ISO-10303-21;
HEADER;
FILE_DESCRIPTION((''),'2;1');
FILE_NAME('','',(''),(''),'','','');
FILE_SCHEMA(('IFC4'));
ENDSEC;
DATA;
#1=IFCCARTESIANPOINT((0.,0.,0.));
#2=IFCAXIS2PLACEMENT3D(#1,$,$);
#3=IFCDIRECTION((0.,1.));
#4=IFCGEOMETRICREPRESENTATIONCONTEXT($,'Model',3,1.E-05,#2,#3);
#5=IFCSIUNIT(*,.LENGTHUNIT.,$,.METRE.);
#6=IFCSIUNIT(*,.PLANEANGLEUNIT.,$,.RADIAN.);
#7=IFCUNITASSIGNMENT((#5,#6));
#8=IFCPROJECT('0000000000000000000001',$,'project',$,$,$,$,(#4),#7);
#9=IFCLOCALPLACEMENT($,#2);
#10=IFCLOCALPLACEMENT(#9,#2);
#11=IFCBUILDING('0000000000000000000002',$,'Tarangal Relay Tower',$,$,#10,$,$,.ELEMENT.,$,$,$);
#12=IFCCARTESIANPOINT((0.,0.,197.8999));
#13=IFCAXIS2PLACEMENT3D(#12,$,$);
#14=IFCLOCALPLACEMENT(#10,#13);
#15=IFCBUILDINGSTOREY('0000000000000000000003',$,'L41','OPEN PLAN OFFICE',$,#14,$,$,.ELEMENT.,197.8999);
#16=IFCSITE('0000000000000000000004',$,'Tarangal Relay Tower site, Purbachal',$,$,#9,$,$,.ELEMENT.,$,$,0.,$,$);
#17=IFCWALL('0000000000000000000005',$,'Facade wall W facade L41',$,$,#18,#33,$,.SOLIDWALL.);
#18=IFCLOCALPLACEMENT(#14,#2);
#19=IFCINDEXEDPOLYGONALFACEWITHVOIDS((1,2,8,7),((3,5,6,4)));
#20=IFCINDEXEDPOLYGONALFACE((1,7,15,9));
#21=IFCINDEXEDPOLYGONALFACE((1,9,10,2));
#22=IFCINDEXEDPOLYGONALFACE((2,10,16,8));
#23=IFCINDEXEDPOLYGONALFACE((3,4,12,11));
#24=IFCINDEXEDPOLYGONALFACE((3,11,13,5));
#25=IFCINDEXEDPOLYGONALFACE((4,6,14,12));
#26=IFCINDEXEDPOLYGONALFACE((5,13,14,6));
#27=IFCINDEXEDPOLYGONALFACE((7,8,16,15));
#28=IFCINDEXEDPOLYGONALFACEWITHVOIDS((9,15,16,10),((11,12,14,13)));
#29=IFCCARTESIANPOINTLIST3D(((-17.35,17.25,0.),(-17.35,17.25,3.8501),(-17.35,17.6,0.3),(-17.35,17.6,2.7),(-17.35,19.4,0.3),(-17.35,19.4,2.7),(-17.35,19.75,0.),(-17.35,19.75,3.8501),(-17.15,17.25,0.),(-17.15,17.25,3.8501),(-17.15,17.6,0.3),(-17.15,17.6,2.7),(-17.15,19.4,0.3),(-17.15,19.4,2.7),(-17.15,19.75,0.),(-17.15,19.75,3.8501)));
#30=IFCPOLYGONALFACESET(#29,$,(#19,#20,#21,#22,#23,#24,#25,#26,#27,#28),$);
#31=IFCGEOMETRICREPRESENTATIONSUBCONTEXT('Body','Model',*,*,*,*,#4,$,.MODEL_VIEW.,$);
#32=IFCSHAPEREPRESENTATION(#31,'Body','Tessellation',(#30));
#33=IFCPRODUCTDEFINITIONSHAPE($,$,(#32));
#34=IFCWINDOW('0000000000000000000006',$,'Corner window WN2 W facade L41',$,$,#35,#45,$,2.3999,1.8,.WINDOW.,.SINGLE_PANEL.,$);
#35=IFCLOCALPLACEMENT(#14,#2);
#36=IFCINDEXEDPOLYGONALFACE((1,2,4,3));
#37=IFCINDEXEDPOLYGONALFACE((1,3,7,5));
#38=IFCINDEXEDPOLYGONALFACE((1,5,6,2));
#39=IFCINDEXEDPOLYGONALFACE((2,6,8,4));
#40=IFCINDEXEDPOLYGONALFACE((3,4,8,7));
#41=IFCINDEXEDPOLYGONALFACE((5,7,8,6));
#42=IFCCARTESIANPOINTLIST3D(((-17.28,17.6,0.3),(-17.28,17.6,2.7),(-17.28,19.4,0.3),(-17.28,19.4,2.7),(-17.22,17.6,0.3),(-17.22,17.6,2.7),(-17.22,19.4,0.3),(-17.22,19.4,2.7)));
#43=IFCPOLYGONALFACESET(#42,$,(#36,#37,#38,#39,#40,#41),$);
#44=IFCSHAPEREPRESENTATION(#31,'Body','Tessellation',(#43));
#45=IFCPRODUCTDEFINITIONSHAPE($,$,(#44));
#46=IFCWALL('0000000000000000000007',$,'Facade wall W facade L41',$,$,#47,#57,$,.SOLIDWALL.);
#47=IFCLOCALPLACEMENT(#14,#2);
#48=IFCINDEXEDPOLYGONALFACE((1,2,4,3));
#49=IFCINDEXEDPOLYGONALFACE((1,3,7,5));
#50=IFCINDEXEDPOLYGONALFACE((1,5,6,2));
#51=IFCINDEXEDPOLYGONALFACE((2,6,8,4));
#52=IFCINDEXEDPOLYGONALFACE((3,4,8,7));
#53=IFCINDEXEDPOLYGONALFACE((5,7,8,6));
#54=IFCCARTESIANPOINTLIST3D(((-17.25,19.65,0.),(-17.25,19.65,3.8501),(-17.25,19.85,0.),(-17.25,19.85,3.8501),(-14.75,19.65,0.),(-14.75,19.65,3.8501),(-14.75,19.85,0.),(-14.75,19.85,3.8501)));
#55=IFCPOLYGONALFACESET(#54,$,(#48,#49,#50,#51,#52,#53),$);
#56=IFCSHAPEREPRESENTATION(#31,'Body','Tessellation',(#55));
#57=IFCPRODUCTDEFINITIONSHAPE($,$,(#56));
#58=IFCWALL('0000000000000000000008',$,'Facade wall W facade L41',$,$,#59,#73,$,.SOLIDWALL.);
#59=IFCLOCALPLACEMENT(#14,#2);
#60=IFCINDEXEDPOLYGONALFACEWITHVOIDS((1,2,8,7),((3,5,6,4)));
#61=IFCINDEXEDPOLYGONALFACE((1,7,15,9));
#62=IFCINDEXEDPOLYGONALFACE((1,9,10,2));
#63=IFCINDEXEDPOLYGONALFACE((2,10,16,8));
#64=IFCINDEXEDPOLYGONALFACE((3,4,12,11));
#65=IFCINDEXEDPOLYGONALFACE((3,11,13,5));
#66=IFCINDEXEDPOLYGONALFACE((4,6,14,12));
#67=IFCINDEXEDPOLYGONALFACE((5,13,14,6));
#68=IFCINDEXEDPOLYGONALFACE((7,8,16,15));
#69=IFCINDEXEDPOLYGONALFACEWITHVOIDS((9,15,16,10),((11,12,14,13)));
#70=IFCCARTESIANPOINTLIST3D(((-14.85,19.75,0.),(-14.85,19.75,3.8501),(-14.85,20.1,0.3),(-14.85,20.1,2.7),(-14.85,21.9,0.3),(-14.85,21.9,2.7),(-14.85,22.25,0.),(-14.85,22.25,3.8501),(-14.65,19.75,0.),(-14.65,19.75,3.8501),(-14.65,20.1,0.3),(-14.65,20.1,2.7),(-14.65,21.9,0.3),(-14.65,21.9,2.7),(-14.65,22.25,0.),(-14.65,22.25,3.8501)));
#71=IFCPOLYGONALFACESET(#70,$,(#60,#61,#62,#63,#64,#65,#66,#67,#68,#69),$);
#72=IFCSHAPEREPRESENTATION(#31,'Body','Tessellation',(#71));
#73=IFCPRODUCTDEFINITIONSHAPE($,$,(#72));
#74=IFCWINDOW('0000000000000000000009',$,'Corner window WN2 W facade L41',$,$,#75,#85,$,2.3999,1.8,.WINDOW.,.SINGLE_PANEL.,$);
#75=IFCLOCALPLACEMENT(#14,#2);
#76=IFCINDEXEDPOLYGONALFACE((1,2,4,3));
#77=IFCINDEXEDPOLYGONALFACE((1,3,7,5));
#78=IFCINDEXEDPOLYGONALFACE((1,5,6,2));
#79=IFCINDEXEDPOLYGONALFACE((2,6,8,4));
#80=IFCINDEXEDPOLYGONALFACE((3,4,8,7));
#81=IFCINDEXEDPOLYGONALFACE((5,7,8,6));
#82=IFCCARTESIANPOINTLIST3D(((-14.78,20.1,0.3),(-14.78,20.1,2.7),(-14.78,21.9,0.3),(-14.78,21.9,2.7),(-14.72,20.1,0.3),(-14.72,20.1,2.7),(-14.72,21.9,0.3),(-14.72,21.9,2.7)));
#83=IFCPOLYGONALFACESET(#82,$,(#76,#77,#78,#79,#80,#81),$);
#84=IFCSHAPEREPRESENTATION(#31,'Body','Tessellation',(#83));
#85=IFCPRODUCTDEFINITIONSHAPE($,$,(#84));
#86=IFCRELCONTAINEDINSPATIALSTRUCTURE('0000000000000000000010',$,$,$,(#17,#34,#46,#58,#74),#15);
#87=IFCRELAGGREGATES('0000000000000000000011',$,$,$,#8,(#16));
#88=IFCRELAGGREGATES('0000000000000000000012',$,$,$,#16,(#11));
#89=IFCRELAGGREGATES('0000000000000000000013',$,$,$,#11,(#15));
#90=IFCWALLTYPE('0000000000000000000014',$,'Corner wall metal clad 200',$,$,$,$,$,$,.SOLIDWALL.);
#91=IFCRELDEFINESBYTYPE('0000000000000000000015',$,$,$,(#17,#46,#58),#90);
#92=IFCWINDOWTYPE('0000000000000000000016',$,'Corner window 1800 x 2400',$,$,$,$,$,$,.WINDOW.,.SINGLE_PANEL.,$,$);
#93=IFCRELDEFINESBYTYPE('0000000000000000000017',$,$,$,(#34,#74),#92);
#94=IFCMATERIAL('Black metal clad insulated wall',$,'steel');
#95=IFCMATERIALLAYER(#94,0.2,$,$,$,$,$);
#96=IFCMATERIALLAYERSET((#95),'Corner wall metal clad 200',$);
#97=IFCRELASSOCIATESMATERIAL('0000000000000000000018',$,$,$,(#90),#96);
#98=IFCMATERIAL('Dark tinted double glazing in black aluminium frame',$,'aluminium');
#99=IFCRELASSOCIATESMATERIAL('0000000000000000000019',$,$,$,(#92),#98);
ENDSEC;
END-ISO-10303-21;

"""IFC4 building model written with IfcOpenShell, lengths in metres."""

from ifc_helpers import new_model, si_unit, direction, frame, frame_2d, origin, place, context, subcontext, project, spatial, rectangle, extrude, material, layer, layer_set, type_object, element, fill, save


model = new_model("IFC4")

# Units and contexts
model_context = context("Model", 3, precision=1e-05, world=origin(), true_north=direction((0.0, 1.0)))
body_context = subcontext(model_context, "Body", "Model", "MODEL_VIEW")
ifc_project = project(units=[si_unit("LENGTHUNIT", "METRE"), si_unit("PLANEANGLEUNIT", "RADIAN")], contexts=[model_context])

# Site, building, storey
site_placement = place(None, origin())
site = spatial("IfcSite", under=ifc_project, at=site_placement, Name="Tarangal Relay Tower site, Purbachal", CompositionType="ELEMENT", RefElevation=0.0)
building_placement = place(site_placement, origin())
building = spatial("IfcBuilding", under=site, at=building_placement, Name="Tarangal Relay Tower", CompositionType="ELEMENT")
storey_placement = place(building_placement, frame((0.0, 0.0, 197.8999)))
storey = spatial("IfcBuildingStorey", under=building, at=storey_placement, Name="L41", Description="OPEN PLAN OFFICE", CompositionType="ELEMENT", Elevation=197.8999)

# Shared definitions
ifc_material_1 = material(Name="Black metal clad insulated wall", Category="steel")
ifc_layer_1 = layer(ifc_material_1, 0.2)
ifc_layer_set_1 = layer_set([ifc_layer_1], Name="Corner wall metal clad 200")
wall_type = type_object("IfcWallType", Name="Corner wall metal clad 200", PredefinedType="SOLIDWALL", material=ifc_layer_set_1)

# Shared definitions
ifc_material_2 = material(Name="Dark tinted double glazing in black aluminium frame", Category="aluminium")
window_type = type_object("IfcWindowType", Name="Corner window 1800 x 2400", PartitioningType="SINGLE_PANEL", PredefinedType="WINDOW", material=ifc_material_2)

# Wall, opening, window
wall_1_placement = place(storey_placement, frame((-17.25, 17.25, 0.0), z_axis=(0.0, 0.0, 1.0), x_axis=(0.0, 1.0, 0.0)))
wall_1 = element("IfcWall", 1, at=wall_1_placement, inside=storey, type_object=wall_type, Name="Facade wall W facade L41", PredefinedType="SOLIDWALL", context=body_context, shape_type="SweptSolid", body=[
    extrude(rectangle(XDim=2.5, YDim=0.2, at=frame_2d((1.25, 0.0))), origin(), (0.0, 0.0, 1.0), 3.8501),
])
opening_1_placement = place(wall_1_placement, frame((0.3501, 0.0, 0.3)))
opening_1 = element("IfcOpeningElement", 2, at=opening_1_placement, cuts=wall_1, PredefinedType="OPENING", context=body_context, shape_type="SweptSolid", body=[
    extrude(rectangle(XDim=1.8, YDim=2.3999, at=frame_2d((0.8999, 1.2))), frame((0.0, 0.1099, 0.0), z_axis=(0.0, -1.0, 0.0), x_axis=(1.0, 0.0, 0.0)), (0.0, 0.0, 1.0), 0.22),
])
window_1_placement = place(opening_1_placement, origin())
window_1 = element("IfcWindow", 3, at=window_1_placement, inside=storey, type_object=window_type, Name="Corner window WN2 W facade L41", OverallHeight=2.3999, OverallWidth=1.8, PartitioningType="SINGLE_PANEL", PredefinedType="WINDOW", context=body_context, shape_type="SweptSolid", body=[
    extrude(rectangle(XDim=1.8, YDim=2.3999, at=frame_2d((0.8999, 1.2))), frame((0.0, 0.03, 0.0), z_axis=(0.0, -1.0, 0.0), x_axis=(1.0, 0.0, 0.0)), (0.0, 0.0, 1.0), 0.0601),
])
fill(opening_1, window_1)

# Wall
wall_2_placement = place(storey_placement, frame((-17.25, 19.75, 0.0), z_axis=(0.0, 0.0, 1.0), x_axis=(1.0, 0.0, 0.0)))
element("IfcWall", 4, at=wall_2_placement, inside=storey, type_object=wall_type, Name="Facade wall W facade L41", PredefinedType="SOLIDWALL", context=body_context, shape_type="SweptSolid", body=[
    extrude(rectangle(XDim=2.5, YDim=0.2, at=frame_2d((1.25, 0.0))), origin(), (0.0, 0.0, 1.0), 3.8501),
])

# Wall, opening, window
wall_3_placement = place(storey_placement, frame((-14.75, 19.75, 0.0), z_axis=(0.0, 0.0, 1.0), x_axis=(0.0, 1.0, 0.0)))
wall_3 = element("IfcWall", 5, at=wall_3_placement, inside=storey, type_object=wall_type, Name="Facade wall W facade L41", PredefinedType="SOLIDWALL", context=body_context, shape_type="SweptSolid", body=[
    extrude(rectangle(XDim=2.5, YDim=0.2, at=frame_2d((1.25, 0.0))), origin(), (0.0, 0.0, 1.0), 3.8501),
])
opening_2_placement = place(wall_3_placement, frame((0.3501, 0.0, 0.3)))
opening_2 = element("IfcOpeningElement", 6, at=opening_2_placement, cuts=wall_3, PredefinedType="OPENING", context=body_context, shape_type="SweptSolid", body=[
    extrude(rectangle(XDim=1.8, YDim=2.3999, at=frame_2d((0.8999, 1.2))), frame((0.0, 0.1099, 0.0), z_axis=(0.0, -1.0, 0.0), x_axis=(1.0, 0.0, 0.0)), (0.0, 0.0, 1.0), 0.22),
])
window_2_placement = place(opening_2_placement, origin())
window_2 = element("IfcWindow", 7, at=window_2_placement, inside=storey, type_object=window_type, Name="Corner window WN2 W facade L41", OverallHeight=2.3999, OverallWidth=1.8, PartitioningType="SINGLE_PANEL", PredefinedType="WINDOW", context=body_context, shape_type="SweptSolid", body=[
    extrude(rectangle(XDim=1.8, YDim=2.3999, at=frame_2d((0.8999, 1.2))), frame((0.0, 0.03, 0.0), z_axis=(0.0, -1.0, 0.0), x_axis=(1.0, 0.0, 0.0)), (0.0, 0.0, 1.0), 0.0601),
])
fill(opening_2, window_2)

save(model, "model.ifc")
